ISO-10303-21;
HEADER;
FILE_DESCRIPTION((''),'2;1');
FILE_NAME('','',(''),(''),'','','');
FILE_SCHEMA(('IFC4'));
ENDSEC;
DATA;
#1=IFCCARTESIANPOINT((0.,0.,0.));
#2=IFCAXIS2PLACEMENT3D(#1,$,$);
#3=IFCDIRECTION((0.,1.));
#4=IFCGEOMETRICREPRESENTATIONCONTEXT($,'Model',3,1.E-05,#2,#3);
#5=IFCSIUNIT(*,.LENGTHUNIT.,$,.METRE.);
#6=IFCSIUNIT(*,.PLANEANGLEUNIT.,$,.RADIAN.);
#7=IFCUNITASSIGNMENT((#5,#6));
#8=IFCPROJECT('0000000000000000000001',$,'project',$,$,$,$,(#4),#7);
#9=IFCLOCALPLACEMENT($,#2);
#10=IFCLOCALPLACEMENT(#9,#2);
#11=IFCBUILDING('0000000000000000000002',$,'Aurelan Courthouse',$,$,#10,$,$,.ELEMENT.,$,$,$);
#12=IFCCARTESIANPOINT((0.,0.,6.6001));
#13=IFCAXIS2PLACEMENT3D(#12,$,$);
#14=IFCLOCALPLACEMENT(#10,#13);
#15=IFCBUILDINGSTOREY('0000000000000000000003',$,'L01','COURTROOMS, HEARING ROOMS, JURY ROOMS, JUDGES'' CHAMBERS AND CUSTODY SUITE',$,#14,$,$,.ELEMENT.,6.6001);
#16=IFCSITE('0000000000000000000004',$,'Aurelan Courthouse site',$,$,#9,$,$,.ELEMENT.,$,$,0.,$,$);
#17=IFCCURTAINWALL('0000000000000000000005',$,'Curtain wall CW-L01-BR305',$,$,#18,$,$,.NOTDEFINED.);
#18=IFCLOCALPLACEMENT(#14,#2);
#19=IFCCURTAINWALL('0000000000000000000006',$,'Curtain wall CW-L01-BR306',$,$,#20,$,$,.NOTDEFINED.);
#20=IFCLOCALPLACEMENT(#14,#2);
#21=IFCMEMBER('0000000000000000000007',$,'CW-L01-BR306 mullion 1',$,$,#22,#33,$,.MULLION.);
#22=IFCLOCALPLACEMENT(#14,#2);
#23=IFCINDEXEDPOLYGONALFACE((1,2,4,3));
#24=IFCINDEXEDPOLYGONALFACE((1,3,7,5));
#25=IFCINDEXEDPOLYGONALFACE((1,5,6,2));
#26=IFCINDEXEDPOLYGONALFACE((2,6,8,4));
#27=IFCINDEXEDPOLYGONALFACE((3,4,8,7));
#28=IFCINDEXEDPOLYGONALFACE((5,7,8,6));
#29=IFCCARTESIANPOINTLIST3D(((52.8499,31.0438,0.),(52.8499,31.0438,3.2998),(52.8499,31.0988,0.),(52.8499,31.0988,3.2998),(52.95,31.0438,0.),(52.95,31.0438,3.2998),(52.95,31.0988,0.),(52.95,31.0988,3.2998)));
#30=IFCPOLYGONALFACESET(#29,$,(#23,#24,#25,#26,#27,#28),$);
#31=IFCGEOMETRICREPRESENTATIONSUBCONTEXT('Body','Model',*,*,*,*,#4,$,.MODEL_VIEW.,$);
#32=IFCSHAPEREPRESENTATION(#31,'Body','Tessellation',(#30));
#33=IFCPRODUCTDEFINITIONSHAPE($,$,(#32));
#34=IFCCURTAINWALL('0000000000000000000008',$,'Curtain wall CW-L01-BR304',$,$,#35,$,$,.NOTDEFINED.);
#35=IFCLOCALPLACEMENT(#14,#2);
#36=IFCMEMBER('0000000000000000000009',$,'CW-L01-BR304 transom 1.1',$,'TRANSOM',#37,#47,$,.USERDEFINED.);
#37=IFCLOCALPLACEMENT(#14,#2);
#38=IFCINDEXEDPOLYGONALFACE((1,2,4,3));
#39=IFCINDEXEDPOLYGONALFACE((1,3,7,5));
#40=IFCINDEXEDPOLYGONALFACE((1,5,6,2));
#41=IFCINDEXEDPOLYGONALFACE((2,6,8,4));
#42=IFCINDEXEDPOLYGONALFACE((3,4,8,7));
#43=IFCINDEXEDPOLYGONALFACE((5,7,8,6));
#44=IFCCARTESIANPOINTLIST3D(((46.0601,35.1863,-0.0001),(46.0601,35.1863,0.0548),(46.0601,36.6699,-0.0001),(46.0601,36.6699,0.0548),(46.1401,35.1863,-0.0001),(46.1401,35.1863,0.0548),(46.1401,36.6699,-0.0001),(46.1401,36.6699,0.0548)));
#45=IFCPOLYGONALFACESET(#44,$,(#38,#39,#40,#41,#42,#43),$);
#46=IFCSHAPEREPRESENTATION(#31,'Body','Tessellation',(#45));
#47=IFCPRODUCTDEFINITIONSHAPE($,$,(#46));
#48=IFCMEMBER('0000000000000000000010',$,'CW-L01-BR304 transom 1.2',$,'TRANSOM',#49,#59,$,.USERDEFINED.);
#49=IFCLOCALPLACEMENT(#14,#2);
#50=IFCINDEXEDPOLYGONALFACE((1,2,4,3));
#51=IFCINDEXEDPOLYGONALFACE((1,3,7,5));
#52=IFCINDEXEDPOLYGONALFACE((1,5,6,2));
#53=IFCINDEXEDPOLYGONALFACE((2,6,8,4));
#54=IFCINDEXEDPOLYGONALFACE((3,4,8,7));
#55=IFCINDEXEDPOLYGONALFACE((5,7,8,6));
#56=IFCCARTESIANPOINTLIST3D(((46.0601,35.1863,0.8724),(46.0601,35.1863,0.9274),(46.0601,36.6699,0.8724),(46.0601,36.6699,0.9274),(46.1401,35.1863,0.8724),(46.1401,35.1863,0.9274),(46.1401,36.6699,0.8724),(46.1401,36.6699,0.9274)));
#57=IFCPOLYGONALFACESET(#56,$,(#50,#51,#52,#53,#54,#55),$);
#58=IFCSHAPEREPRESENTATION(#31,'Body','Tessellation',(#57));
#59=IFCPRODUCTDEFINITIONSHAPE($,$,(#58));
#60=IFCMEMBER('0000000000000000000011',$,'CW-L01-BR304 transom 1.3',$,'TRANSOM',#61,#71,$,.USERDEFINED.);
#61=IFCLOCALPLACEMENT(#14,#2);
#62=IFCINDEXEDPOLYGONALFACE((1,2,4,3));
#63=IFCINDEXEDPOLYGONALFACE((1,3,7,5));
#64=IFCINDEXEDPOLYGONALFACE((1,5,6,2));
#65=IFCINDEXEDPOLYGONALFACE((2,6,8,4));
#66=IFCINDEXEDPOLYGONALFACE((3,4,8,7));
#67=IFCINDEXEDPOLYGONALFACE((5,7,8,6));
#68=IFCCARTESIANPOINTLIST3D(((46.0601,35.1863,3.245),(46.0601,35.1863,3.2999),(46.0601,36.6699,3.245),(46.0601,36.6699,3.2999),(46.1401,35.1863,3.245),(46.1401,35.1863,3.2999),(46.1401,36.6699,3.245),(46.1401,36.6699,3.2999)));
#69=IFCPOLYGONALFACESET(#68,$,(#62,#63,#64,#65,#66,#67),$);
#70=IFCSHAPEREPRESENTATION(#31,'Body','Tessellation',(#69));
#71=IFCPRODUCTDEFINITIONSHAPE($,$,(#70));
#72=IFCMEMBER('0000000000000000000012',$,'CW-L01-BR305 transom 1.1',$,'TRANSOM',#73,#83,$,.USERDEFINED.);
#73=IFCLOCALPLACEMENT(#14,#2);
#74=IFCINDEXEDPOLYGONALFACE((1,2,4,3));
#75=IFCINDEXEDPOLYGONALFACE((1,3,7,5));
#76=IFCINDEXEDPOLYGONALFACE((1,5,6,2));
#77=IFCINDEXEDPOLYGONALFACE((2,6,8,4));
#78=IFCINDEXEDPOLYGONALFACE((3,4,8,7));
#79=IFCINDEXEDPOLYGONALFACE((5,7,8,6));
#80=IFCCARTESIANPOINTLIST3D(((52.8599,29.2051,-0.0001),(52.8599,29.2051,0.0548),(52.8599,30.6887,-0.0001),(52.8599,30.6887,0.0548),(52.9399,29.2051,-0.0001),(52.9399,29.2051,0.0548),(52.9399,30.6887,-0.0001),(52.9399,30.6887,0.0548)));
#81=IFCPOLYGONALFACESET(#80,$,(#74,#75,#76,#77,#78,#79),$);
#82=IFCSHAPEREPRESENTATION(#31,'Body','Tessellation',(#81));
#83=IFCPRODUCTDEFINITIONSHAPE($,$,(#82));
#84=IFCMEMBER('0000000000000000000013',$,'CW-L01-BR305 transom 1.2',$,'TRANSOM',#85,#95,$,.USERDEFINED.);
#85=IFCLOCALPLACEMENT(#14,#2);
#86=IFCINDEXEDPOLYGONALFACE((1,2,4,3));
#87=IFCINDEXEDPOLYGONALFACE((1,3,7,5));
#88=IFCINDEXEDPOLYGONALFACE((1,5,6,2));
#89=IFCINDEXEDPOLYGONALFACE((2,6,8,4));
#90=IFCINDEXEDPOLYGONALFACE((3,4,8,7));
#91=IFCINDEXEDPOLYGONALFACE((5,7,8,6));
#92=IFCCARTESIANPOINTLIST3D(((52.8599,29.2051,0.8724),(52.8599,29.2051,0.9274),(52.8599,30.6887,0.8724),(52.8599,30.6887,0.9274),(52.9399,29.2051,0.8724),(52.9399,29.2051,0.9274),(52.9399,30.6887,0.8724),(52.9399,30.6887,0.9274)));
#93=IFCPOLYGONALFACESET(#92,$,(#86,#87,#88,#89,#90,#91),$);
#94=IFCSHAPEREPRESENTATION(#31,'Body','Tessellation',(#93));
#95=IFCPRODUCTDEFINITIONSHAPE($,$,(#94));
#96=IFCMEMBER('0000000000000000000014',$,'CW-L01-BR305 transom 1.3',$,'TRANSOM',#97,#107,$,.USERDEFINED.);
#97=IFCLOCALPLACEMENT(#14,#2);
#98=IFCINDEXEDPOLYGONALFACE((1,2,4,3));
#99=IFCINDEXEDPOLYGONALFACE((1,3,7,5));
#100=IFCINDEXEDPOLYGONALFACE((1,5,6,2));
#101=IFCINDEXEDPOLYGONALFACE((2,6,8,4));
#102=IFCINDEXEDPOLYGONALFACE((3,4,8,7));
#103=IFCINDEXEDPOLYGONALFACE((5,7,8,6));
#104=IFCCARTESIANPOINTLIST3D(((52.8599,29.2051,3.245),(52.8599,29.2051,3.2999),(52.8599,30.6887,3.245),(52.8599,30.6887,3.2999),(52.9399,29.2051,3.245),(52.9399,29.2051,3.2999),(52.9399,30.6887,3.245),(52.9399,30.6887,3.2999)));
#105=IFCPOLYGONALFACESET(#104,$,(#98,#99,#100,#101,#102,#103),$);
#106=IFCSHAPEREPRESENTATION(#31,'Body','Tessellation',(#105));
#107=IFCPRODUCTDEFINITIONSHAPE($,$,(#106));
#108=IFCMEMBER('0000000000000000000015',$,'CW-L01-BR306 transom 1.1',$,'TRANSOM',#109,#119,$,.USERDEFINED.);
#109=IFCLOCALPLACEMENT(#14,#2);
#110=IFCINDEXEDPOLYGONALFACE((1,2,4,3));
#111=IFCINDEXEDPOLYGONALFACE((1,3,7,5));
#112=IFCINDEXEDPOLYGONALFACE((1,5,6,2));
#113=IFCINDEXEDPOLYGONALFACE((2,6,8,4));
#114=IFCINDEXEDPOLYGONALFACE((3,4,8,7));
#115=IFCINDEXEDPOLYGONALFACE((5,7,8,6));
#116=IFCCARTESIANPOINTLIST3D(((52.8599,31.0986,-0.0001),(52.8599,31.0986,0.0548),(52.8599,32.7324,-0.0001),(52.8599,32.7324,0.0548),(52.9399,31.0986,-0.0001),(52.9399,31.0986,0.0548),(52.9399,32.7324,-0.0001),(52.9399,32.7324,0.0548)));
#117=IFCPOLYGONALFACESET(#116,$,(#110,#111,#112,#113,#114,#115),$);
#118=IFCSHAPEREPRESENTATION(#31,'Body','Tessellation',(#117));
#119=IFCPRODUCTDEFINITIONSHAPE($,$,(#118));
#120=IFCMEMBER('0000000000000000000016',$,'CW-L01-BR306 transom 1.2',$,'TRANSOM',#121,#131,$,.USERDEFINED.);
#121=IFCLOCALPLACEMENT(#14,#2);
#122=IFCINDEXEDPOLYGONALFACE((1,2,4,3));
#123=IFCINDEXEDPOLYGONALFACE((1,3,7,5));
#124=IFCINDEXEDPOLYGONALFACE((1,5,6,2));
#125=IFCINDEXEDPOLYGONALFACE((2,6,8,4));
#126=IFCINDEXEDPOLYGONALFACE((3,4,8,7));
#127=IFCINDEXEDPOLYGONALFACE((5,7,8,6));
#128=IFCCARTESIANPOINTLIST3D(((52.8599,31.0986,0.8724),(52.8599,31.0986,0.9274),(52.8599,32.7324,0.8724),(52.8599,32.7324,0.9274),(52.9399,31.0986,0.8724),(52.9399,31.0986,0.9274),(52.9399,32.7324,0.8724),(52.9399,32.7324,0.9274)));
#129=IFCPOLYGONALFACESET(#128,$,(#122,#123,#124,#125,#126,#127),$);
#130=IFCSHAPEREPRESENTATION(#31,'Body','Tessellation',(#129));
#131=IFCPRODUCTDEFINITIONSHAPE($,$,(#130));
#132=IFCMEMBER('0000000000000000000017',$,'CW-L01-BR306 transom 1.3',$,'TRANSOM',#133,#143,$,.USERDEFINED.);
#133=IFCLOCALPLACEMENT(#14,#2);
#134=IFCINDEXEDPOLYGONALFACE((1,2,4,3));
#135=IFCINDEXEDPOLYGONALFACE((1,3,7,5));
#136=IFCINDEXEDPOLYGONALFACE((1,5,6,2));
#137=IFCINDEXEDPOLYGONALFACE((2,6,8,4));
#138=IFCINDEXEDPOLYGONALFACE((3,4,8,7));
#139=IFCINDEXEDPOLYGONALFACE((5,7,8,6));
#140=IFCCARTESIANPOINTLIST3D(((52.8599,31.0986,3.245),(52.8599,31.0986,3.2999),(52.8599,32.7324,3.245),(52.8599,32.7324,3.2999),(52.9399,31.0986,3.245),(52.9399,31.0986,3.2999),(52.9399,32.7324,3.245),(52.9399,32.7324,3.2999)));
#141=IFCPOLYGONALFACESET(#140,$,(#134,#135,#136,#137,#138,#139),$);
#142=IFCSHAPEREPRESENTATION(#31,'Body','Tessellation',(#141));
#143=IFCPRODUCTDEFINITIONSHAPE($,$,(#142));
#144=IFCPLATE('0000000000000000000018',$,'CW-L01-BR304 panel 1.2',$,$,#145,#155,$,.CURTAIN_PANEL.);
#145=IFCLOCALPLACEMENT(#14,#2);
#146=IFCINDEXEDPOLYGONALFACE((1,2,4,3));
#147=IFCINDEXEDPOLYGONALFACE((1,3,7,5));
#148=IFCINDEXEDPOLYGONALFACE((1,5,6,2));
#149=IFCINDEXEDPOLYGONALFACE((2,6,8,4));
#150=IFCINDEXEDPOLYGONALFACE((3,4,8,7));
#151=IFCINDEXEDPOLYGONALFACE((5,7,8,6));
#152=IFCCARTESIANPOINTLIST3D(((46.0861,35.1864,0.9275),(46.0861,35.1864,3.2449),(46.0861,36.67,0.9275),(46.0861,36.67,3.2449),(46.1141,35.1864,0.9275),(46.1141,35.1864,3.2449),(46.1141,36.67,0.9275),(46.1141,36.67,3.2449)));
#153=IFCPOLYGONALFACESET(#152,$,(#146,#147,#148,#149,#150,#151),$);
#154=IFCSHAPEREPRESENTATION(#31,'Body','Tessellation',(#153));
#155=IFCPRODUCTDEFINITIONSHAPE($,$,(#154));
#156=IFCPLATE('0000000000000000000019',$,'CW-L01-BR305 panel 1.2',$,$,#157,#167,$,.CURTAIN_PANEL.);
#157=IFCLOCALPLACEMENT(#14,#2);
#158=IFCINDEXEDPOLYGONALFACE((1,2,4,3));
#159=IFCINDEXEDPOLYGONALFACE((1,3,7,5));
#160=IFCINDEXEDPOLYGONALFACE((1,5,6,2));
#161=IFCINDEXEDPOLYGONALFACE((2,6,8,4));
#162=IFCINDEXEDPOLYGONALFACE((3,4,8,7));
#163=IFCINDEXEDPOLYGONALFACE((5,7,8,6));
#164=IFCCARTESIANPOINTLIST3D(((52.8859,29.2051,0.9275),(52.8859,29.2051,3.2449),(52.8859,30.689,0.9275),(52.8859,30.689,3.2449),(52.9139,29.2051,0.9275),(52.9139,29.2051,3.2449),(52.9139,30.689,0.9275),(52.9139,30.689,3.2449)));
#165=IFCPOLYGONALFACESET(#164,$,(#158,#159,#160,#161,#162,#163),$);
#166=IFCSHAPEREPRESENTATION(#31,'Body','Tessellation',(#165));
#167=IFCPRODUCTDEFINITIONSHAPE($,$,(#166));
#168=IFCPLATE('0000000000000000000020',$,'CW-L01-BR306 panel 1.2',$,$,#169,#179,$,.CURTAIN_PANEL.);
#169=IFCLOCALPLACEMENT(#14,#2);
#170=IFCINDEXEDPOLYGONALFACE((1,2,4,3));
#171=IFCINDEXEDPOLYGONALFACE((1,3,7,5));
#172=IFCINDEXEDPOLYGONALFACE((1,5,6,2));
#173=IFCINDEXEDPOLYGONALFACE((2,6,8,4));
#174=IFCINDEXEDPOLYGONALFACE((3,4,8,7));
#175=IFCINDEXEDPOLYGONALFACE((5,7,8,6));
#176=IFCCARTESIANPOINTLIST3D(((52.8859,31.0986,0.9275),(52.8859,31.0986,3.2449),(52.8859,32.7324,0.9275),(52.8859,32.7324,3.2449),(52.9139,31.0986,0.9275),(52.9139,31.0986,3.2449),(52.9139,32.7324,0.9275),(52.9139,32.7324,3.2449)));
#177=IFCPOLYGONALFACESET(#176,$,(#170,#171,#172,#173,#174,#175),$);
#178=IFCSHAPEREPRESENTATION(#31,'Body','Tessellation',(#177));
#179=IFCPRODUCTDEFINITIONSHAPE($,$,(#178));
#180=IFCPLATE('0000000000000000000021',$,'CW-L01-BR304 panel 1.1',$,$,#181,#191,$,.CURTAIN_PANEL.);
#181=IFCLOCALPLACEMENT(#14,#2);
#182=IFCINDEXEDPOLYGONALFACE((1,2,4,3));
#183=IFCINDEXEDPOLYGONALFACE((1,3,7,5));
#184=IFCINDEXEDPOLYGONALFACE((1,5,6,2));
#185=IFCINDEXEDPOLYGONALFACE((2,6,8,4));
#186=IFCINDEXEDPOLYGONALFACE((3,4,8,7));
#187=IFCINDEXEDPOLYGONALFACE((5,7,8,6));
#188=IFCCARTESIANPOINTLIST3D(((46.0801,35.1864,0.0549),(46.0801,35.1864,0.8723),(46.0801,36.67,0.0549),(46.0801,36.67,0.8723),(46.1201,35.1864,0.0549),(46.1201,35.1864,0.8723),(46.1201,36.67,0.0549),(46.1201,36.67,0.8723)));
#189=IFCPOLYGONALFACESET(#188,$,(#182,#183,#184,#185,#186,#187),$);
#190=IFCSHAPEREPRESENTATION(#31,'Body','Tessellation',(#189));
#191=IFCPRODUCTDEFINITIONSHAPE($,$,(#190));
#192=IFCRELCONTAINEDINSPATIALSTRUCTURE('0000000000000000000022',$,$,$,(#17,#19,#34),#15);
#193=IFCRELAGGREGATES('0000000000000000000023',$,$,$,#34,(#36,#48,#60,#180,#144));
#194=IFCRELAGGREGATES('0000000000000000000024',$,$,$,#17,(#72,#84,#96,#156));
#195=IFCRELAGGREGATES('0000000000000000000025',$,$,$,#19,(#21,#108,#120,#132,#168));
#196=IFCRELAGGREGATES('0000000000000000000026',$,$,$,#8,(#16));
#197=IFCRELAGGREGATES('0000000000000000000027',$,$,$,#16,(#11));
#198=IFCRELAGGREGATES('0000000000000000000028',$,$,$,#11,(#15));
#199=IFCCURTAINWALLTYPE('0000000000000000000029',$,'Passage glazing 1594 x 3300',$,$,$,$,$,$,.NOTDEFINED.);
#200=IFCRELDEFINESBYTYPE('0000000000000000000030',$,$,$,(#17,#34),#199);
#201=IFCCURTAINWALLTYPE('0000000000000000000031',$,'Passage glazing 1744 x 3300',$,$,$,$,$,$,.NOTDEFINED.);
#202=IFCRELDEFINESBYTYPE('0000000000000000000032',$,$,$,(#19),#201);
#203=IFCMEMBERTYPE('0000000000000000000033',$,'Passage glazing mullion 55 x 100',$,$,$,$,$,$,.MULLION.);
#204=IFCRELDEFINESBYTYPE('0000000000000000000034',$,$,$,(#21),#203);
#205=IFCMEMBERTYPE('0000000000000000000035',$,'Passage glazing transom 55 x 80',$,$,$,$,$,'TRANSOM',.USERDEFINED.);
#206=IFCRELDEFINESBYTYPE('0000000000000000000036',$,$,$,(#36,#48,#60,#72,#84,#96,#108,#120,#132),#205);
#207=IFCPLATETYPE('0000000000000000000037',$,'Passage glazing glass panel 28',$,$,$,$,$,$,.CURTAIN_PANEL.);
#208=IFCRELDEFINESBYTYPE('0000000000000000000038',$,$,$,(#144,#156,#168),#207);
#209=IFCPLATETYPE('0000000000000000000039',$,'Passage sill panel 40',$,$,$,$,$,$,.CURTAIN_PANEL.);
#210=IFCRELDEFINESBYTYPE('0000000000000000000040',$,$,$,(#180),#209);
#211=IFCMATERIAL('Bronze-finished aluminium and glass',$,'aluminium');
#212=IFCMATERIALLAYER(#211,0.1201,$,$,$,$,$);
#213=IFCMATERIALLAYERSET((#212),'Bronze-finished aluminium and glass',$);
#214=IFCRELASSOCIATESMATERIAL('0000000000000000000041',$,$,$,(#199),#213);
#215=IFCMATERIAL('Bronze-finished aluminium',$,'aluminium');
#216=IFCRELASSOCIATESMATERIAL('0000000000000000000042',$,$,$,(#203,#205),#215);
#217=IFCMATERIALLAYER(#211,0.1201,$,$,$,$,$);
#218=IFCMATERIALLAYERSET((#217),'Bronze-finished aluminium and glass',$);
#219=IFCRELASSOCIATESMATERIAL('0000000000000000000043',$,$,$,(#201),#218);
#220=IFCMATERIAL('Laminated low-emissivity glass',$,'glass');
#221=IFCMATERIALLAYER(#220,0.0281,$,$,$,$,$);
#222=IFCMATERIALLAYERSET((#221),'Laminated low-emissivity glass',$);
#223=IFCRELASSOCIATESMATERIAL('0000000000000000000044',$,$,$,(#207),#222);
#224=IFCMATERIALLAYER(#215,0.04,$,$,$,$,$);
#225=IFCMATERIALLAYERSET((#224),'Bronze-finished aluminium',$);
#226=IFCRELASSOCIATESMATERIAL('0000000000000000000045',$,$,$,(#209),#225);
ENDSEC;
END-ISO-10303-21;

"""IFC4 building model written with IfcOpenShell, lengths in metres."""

from ifc_helpers import new_model, si_unit, direction, frame, origin, origin_2d, place, context, subcontext, project, spatial, rectangle, extrude, material, layer, layer_set, material_profile, profile_set, type_object, element, aggregate, save


model = new_model("IFC4")

# Units and contexts
model_context = context("Model", 3, precision=1e-05, world=origin(), true_north=direction((0.0, 1.0)))
body_context = subcontext(model_context, "Body", "Model", "MODEL_VIEW")
ifc_project = project(units=[si_unit("LENGTHUNIT", "METRE"), si_unit("PLANEANGLEUNIT", "RADIAN")], contexts=[model_context])

# Site, building, storey
site_placement = place(None, origin())
site = spatial("IfcSite", under=ifc_project, at=site_placement, Name="Aurelan Courthouse site", CompositionType="ELEMENT", RefElevation=0.0)
building_placement = place(site_placement, origin())
building = spatial("IfcBuilding", under=site, at=building_placement, Name="Aurelan Courthouse", CompositionType="ELEMENT")
storey_placement = place(building_placement, frame((0.0, 0.0, 6.6001)))
storey = spatial("IfcBuildingStorey", under=building, at=storey_placement, Name="L01", Description="COURTROOMS, HEARING ROOMS, JURY ROOMS, JUDGES' CHAMBERS AND CUSTODY SUITE", CompositionType="ELEMENT", Elevation=6.6001)

# Curtain wall
ifc_material_1 = material(Name="Bronze-finished aluminium and glass", Category="aluminium")
ifc_layer_1 = layer(ifc_material_1, 0.1201)
ifc_layer_set_1 = layer_set([ifc_layer_1], Name="Bronze-finished aluminium and glass")
curtain_wall_type_1 = type_object("IfcCurtainWallType", Name="Passage glazing 1594 x 3300", PredefinedType="NOTDEFINED", material=ifc_layer_set_1)
curtain_wall_1_placement = place(storey_placement, origin())
curtain_wall_1 = element("IfcCurtainWall", 1, at=curtain_wall_1_placement, inside=storey, type_object=curtain_wall_type_1, Name="Curtain wall CW-L01-BR305", PredefinedType="NOTDEFINED")
ifc_material_2 = material(Name="Bronze-finished aluminium", Category="aluminium")
ifc_material_profile_1 = material_profile(ifc_material_2, rectangle(XDim=0.1001, YDim=0.0549, at=origin_2d()), Name="Passage glazing mullion 55 x 100")
ifc_profile_set_1 = profile_set([ifc_material_profile_1], Name="Bronze-finished aluminium")
member_type_1 = type_object("IfcMemberType", Name="Passage glazing mullion 55 x 100", PredefinedType="MULLION", material=ifc_profile_set_1)

# Curtain wall, member
ifc_layer_2 = layer(ifc_material_1, 0.1201)
ifc_layer_set_2 = layer_set([ifc_layer_2], Name="Bronze-finished aluminium and glass")
curtain_wall_type_2 = type_object("IfcCurtainWallType", Name="Passage glazing 1744 x 3300", PredefinedType="NOTDEFINED", material=ifc_layer_set_2)
curtain_wall_2_placement = place(storey_placement, origin())
curtain_wall_2 = element("IfcCurtainWall", 2, at=curtain_wall_2_placement, inside=storey, type_object=curtain_wall_type_2, Name="Curtain wall CW-L01-BR306", PredefinedType="NOTDEFINED")
member_1_placement = place(storey_placement, frame((52.8999, 31.0713, 0.0), z_axis=(0.0, 0.0, 1.0), x_axis=(-1.0, 0.0, 0.0)))
member_1 = element("IfcMember", 3, at=member_1_placement, type_object=member_type_1, Name="CW-L01-BR306 mullion 1", PredefinedType="MULLION", context=body_context, shape_type="SweptSolid", body=[
    extrude(rectangle(XDim=0.1001, YDim=0.0549, at=origin_2d()), origin(), (0.0, 0.0, 1.0), 3.2998),
])

# Curtain wall, members
curtain_wall_3_placement = place(storey_placement, origin())
curtain_wall_3 = element("IfcCurtainWall", 4, at=curtain_wall_3_placement, inside=storey, type_object=curtain_wall_type_1, Name="Curtain wall CW-L01-BR304", PredefinedType="NOTDEFINED")
ifc_material_profile_2 = material_profile(ifc_material_2, rectangle(XDim=0.0801, YDim=0.0549, at=origin_2d()), Name="Passage glazing transom 55 x 80")
ifc_profile_set_2 = profile_set([ifc_material_profile_2], Name="Bronze-finished aluminium")
member_type_2 = type_object("IfcMemberType", Name="Passage glazing transom 55 x 80", ElementType="TRANSOM", PredefinedType="USERDEFINED", material=ifc_profile_set_2)
member_2_placement = place(storey_placement, frame((46.1001, 35.1863, 0.0273), z_axis=(0.0, 1.0, 0.0), x_axis=(-1.0, 0.0, 0.0)))
member_2 = element("IfcMember", 5, at=member_2_placement, type_object=member_type_2, Name="CW-L01-BR304 transom 1.1", ObjectType="TRANSOM", PredefinedType="USERDEFINED", context=body_context, shape_type="SweptSolid", body=[
    extrude(rectangle(XDim=0.0801, YDim=0.0549, at=origin_2d()), origin(), (0.0, 0.0, 1.0), 1.4836),
])
member_3_placement = place(storey_placement, frame((46.1001, 35.1863, 0.8999), z_axis=(0.0, 1.0, 0.0), x_axis=(-1.0, 0.0, 0.0)))
member_3 = element("IfcMember", 6, at=member_3_placement, type_object=member_type_2, Name="CW-L01-BR304 transom 1.2", ObjectType="TRANSOM", PredefinedType="USERDEFINED", context=body_context, shape_type="SweptSolid", body=[
    extrude(rectangle(XDim=0.0801, YDim=0.0549, at=origin_2d()), origin(), (0.0, 0.0, 1.0), 1.4836),
])
member_4_placement = place(storey_placement, frame((46.1001, 35.1863, 3.2725), z_axis=(0.0, 1.0, 0.0), x_axis=(-1.0, 0.0, 0.0)))
member_4 = element("IfcMember", 7, at=member_4_placement, type_object=member_type_2, Name="CW-L01-BR304 transom 1.3", ObjectType="TRANSOM", PredefinedType="USERDEFINED", context=body_context, shape_type="SweptSolid", body=[
    extrude(rectangle(XDim=0.0801, YDim=0.0549, at=origin_2d()), origin(), (0.0, 0.0, 1.0), 1.4836),
])

# Members
member_5_placement = place(storey_placement, frame((52.8999, 29.2051, 0.0273), z_axis=(0.0, 1.0, 0.0), x_axis=(-1.0, 0.0, 0.0)))
member_5 = element("IfcMember", 8, at=member_5_placement, type_object=member_type_2, Name="CW-L01-BR305 transom 1.1", ObjectType="TRANSOM", PredefinedType="USERDEFINED", context=body_context, shape_type="SweptSolid", body=[
    extrude(rectangle(XDim=0.0801, YDim=0.0549, at=origin_2d()), origin(), (0.0, 0.0, 1.0), 1.4836),
])
member_6_placement = place(storey_placement, frame((52.8999, 29.2051, 0.8999), z_axis=(0.0, 1.0, 0.0), x_axis=(-1.0, 0.0, 0.0)))
member_6 = element("IfcMember", 9, at=member_6_placement, type_object=member_type_2, Name="CW-L01-BR305 transom 1.2", ObjectType="TRANSOM", PredefinedType="USERDEFINED", context=body_context, shape_type="SweptSolid", body=[
    extrude(rectangle(XDim=0.0801, YDim=0.0549, at=origin_2d()), origin(), (0.0, 0.0, 1.0), 1.4836),
])
member_7_placement = place(storey_placement, frame((52.8999, 29.2051, 3.2725), z_axis=(0.0, 1.0, 0.0), x_axis=(-1.0, 0.0, 0.0)))
member_7 = element("IfcMember", 10, at=member_7_placement, type_object=member_type_2, Name="CW-L01-BR305 transom 1.3", ObjectType="TRANSOM", PredefinedType="USERDEFINED", context=body_context, shape_type="SweptSolid", body=[
    extrude(rectangle(XDim=0.0801, YDim=0.0549, at=origin_2d()), origin(), (0.0, 0.0, 1.0), 1.4836),
])
member_8_placement = place(storey_placement, frame((52.8999, 31.0986, 0.0273), z_axis=(0.0, 1.0, 0.0), x_axis=(-1.0, 0.0, 0.0)))
member_8 = element("IfcMember", 11, at=member_8_placement, type_object=member_type_2, Name="CW-L01-BR306 transom 1.1", ObjectType="TRANSOM", PredefinedType="USERDEFINED", context=body_context, shape_type="SweptSolid", body=[
    extrude(rectangle(XDim=0.0801, YDim=0.0549, at=origin_2d()), origin(), (0.0, 0.0, 1.0), 1.6338),
])
member_9_placement = place(storey_placement, frame((52.8999, 31.0986, 0.8999), z_axis=(0.0, 1.0, 0.0), x_axis=(-1.0, 0.0, 0.0)))
member_9 = element("IfcMember", 12, at=member_9_placement, type_object=member_type_2, Name="CW-L01-BR306 transom 1.2", ObjectType="TRANSOM", PredefinedType="USERDEFINED", context=body_context, shape_type="SweptSolid", body=[
    extrude(rectangle(XDim=0.0801, YDim=0.0549, at=origin_2d()), origin(), (0.0, 0.0, 1.0), 1.6338),
])
member_10_placement = place(storey_placement, frame((52.8999, 31.0986, 3.2725), z_axis=(0.0, 1.0, 0.0), x_axis=(-1.0, 0.0, 0.0)))
member_10 = element("IfcMember", 13, at=member_10_placement, type_object=member_type_2, Name="CW-L01-BR306 transom 1.3", ObjectType="TRANSOM", PredefinedType="USERDEFINED", context=body_context, shape_type="SweptSolid", body=[
    extrude(rectangle(XDim=0.0801, YDim=0.0549, at=origin_2d()), origin(), (0.0, 0.0, 1.0), 1.6338),
])

# Plates
ifc_material_3 = material(Name="Laminated low-emissivity glass", Category="glass")
ifc_layer_3 = layer(ifc_material_3, 0.0281)
ifc_layer_set_3 = layer_set([ifc_layer_3], Name="Laminated low-emissivity glass")
plate_type_1 = type_object("IfcPlateType", Name="Passage glazing glass panel 28", PredefinedType="CURTAIN_PANEL", material=ifc_layer_set_3)
plate_1_placement = place(storey_placement, frame((46.1001, 35.9282, 0.9275), z_axis=(0.0, 0.0, 1.0), x_axis=(0.0, 1.0, 0.0)))
plate_1 = element("IfcPlate", 14, at=plate_1_placement, type_object=plate_type_1, Name="CW-L01-BR304 panel 1.2", PredefinedType="CURTAIN_PANEL", context=body_context, shape_type="SweptSolid", body=[
    extrude(rectangle(XDim=1.4836, YDim=0.0281, at=origin_2d()), origin(), (0.0, 0.0, 1.0), 2.3174),
])
plate_2_placement = place(storey_placement, frame((52.8999, 29.947, 0.9275), z_axis=(0.0, 0.0, 1.0), x_axis=(0.0, 1.0, 0.0)))
plate_2 = element("IfcPlate", 15, at=plate_2_placement, type_object=plate_type_1, Name="CW-L01-BR305 panel 1.2", PredefinedType="CURTAIN_PANEL", context=body_context, shape_type="SweptSolid", body=[
    extrude(rectangle(XDim=1.4839, YDim=0.0281, at=origin_2d()), origin(), (0.0, 0.0, 1.0), 2.3174),
])
plate_3_placement = place(storey_placement, frame((52.8999, 31.9155, 0.9275), z_axis=(0.0, 0.0, 1.0), x_axis=(0.0, 1.0, 0.0)))
plate_3 = element("IfcPlate", 16, at=plate_3_placement, type_object=plate_type_1, Name="CW-L01-BR306 panel 1.2", PredefinedType="CURTAIN_PANEL", context=body_context, shape_type="SweptSolid", body=[
    extrude(rectangle(XDim=1.6338, YDim=0.0281, at=origin_2d()), origin(), (0.0, 0.0, 1.0), 2.3174),
])
ifc_layer_4 = layer(ifc_material_2, 0.04)
ifc_layer_set_4 = layer_set([ifc_layer_4], Name="Bronze-finished aluminium")
plate_type_2 = type_object("IfcPlateType", Name="Passage sill panel 40", PredefinedType="CURTAIN_PANEL", material=ifc_layer_set_4)
plate_4_placement = place(storey_placement, frame((46.1001, 35.9282, 0.0549), z_axis=(0.0, 0.0, 1.0), x_axis=(0.0, 1.0, 0.0)))
plate_4 = element("IfcPlate", 17, at=plate_4_placement, type_object=plate_type_2, Name="CW-L01-BR304 panel 1.1", PredefinedType="CURTAIN_PANEL", context=body_context, shape_type="SweptSolid", body=[
    extrude(rectangle(XDim=1.4836, YDim=0.04, at=origin_2d()), origin(), (0.0, 0.0, 1.0), 0.8174),
])
aggregate(curtain_wall_3, [member_2, member_3, member_4, plate_4, plate_1])
aggregate(curtain_wall_1, [member_5, member_6, member_7, plate_2])
aggregate(curtain_wall_2, [member_1, member_8, member_9, member_10, plate_3])

save(model, "model.ifc")
